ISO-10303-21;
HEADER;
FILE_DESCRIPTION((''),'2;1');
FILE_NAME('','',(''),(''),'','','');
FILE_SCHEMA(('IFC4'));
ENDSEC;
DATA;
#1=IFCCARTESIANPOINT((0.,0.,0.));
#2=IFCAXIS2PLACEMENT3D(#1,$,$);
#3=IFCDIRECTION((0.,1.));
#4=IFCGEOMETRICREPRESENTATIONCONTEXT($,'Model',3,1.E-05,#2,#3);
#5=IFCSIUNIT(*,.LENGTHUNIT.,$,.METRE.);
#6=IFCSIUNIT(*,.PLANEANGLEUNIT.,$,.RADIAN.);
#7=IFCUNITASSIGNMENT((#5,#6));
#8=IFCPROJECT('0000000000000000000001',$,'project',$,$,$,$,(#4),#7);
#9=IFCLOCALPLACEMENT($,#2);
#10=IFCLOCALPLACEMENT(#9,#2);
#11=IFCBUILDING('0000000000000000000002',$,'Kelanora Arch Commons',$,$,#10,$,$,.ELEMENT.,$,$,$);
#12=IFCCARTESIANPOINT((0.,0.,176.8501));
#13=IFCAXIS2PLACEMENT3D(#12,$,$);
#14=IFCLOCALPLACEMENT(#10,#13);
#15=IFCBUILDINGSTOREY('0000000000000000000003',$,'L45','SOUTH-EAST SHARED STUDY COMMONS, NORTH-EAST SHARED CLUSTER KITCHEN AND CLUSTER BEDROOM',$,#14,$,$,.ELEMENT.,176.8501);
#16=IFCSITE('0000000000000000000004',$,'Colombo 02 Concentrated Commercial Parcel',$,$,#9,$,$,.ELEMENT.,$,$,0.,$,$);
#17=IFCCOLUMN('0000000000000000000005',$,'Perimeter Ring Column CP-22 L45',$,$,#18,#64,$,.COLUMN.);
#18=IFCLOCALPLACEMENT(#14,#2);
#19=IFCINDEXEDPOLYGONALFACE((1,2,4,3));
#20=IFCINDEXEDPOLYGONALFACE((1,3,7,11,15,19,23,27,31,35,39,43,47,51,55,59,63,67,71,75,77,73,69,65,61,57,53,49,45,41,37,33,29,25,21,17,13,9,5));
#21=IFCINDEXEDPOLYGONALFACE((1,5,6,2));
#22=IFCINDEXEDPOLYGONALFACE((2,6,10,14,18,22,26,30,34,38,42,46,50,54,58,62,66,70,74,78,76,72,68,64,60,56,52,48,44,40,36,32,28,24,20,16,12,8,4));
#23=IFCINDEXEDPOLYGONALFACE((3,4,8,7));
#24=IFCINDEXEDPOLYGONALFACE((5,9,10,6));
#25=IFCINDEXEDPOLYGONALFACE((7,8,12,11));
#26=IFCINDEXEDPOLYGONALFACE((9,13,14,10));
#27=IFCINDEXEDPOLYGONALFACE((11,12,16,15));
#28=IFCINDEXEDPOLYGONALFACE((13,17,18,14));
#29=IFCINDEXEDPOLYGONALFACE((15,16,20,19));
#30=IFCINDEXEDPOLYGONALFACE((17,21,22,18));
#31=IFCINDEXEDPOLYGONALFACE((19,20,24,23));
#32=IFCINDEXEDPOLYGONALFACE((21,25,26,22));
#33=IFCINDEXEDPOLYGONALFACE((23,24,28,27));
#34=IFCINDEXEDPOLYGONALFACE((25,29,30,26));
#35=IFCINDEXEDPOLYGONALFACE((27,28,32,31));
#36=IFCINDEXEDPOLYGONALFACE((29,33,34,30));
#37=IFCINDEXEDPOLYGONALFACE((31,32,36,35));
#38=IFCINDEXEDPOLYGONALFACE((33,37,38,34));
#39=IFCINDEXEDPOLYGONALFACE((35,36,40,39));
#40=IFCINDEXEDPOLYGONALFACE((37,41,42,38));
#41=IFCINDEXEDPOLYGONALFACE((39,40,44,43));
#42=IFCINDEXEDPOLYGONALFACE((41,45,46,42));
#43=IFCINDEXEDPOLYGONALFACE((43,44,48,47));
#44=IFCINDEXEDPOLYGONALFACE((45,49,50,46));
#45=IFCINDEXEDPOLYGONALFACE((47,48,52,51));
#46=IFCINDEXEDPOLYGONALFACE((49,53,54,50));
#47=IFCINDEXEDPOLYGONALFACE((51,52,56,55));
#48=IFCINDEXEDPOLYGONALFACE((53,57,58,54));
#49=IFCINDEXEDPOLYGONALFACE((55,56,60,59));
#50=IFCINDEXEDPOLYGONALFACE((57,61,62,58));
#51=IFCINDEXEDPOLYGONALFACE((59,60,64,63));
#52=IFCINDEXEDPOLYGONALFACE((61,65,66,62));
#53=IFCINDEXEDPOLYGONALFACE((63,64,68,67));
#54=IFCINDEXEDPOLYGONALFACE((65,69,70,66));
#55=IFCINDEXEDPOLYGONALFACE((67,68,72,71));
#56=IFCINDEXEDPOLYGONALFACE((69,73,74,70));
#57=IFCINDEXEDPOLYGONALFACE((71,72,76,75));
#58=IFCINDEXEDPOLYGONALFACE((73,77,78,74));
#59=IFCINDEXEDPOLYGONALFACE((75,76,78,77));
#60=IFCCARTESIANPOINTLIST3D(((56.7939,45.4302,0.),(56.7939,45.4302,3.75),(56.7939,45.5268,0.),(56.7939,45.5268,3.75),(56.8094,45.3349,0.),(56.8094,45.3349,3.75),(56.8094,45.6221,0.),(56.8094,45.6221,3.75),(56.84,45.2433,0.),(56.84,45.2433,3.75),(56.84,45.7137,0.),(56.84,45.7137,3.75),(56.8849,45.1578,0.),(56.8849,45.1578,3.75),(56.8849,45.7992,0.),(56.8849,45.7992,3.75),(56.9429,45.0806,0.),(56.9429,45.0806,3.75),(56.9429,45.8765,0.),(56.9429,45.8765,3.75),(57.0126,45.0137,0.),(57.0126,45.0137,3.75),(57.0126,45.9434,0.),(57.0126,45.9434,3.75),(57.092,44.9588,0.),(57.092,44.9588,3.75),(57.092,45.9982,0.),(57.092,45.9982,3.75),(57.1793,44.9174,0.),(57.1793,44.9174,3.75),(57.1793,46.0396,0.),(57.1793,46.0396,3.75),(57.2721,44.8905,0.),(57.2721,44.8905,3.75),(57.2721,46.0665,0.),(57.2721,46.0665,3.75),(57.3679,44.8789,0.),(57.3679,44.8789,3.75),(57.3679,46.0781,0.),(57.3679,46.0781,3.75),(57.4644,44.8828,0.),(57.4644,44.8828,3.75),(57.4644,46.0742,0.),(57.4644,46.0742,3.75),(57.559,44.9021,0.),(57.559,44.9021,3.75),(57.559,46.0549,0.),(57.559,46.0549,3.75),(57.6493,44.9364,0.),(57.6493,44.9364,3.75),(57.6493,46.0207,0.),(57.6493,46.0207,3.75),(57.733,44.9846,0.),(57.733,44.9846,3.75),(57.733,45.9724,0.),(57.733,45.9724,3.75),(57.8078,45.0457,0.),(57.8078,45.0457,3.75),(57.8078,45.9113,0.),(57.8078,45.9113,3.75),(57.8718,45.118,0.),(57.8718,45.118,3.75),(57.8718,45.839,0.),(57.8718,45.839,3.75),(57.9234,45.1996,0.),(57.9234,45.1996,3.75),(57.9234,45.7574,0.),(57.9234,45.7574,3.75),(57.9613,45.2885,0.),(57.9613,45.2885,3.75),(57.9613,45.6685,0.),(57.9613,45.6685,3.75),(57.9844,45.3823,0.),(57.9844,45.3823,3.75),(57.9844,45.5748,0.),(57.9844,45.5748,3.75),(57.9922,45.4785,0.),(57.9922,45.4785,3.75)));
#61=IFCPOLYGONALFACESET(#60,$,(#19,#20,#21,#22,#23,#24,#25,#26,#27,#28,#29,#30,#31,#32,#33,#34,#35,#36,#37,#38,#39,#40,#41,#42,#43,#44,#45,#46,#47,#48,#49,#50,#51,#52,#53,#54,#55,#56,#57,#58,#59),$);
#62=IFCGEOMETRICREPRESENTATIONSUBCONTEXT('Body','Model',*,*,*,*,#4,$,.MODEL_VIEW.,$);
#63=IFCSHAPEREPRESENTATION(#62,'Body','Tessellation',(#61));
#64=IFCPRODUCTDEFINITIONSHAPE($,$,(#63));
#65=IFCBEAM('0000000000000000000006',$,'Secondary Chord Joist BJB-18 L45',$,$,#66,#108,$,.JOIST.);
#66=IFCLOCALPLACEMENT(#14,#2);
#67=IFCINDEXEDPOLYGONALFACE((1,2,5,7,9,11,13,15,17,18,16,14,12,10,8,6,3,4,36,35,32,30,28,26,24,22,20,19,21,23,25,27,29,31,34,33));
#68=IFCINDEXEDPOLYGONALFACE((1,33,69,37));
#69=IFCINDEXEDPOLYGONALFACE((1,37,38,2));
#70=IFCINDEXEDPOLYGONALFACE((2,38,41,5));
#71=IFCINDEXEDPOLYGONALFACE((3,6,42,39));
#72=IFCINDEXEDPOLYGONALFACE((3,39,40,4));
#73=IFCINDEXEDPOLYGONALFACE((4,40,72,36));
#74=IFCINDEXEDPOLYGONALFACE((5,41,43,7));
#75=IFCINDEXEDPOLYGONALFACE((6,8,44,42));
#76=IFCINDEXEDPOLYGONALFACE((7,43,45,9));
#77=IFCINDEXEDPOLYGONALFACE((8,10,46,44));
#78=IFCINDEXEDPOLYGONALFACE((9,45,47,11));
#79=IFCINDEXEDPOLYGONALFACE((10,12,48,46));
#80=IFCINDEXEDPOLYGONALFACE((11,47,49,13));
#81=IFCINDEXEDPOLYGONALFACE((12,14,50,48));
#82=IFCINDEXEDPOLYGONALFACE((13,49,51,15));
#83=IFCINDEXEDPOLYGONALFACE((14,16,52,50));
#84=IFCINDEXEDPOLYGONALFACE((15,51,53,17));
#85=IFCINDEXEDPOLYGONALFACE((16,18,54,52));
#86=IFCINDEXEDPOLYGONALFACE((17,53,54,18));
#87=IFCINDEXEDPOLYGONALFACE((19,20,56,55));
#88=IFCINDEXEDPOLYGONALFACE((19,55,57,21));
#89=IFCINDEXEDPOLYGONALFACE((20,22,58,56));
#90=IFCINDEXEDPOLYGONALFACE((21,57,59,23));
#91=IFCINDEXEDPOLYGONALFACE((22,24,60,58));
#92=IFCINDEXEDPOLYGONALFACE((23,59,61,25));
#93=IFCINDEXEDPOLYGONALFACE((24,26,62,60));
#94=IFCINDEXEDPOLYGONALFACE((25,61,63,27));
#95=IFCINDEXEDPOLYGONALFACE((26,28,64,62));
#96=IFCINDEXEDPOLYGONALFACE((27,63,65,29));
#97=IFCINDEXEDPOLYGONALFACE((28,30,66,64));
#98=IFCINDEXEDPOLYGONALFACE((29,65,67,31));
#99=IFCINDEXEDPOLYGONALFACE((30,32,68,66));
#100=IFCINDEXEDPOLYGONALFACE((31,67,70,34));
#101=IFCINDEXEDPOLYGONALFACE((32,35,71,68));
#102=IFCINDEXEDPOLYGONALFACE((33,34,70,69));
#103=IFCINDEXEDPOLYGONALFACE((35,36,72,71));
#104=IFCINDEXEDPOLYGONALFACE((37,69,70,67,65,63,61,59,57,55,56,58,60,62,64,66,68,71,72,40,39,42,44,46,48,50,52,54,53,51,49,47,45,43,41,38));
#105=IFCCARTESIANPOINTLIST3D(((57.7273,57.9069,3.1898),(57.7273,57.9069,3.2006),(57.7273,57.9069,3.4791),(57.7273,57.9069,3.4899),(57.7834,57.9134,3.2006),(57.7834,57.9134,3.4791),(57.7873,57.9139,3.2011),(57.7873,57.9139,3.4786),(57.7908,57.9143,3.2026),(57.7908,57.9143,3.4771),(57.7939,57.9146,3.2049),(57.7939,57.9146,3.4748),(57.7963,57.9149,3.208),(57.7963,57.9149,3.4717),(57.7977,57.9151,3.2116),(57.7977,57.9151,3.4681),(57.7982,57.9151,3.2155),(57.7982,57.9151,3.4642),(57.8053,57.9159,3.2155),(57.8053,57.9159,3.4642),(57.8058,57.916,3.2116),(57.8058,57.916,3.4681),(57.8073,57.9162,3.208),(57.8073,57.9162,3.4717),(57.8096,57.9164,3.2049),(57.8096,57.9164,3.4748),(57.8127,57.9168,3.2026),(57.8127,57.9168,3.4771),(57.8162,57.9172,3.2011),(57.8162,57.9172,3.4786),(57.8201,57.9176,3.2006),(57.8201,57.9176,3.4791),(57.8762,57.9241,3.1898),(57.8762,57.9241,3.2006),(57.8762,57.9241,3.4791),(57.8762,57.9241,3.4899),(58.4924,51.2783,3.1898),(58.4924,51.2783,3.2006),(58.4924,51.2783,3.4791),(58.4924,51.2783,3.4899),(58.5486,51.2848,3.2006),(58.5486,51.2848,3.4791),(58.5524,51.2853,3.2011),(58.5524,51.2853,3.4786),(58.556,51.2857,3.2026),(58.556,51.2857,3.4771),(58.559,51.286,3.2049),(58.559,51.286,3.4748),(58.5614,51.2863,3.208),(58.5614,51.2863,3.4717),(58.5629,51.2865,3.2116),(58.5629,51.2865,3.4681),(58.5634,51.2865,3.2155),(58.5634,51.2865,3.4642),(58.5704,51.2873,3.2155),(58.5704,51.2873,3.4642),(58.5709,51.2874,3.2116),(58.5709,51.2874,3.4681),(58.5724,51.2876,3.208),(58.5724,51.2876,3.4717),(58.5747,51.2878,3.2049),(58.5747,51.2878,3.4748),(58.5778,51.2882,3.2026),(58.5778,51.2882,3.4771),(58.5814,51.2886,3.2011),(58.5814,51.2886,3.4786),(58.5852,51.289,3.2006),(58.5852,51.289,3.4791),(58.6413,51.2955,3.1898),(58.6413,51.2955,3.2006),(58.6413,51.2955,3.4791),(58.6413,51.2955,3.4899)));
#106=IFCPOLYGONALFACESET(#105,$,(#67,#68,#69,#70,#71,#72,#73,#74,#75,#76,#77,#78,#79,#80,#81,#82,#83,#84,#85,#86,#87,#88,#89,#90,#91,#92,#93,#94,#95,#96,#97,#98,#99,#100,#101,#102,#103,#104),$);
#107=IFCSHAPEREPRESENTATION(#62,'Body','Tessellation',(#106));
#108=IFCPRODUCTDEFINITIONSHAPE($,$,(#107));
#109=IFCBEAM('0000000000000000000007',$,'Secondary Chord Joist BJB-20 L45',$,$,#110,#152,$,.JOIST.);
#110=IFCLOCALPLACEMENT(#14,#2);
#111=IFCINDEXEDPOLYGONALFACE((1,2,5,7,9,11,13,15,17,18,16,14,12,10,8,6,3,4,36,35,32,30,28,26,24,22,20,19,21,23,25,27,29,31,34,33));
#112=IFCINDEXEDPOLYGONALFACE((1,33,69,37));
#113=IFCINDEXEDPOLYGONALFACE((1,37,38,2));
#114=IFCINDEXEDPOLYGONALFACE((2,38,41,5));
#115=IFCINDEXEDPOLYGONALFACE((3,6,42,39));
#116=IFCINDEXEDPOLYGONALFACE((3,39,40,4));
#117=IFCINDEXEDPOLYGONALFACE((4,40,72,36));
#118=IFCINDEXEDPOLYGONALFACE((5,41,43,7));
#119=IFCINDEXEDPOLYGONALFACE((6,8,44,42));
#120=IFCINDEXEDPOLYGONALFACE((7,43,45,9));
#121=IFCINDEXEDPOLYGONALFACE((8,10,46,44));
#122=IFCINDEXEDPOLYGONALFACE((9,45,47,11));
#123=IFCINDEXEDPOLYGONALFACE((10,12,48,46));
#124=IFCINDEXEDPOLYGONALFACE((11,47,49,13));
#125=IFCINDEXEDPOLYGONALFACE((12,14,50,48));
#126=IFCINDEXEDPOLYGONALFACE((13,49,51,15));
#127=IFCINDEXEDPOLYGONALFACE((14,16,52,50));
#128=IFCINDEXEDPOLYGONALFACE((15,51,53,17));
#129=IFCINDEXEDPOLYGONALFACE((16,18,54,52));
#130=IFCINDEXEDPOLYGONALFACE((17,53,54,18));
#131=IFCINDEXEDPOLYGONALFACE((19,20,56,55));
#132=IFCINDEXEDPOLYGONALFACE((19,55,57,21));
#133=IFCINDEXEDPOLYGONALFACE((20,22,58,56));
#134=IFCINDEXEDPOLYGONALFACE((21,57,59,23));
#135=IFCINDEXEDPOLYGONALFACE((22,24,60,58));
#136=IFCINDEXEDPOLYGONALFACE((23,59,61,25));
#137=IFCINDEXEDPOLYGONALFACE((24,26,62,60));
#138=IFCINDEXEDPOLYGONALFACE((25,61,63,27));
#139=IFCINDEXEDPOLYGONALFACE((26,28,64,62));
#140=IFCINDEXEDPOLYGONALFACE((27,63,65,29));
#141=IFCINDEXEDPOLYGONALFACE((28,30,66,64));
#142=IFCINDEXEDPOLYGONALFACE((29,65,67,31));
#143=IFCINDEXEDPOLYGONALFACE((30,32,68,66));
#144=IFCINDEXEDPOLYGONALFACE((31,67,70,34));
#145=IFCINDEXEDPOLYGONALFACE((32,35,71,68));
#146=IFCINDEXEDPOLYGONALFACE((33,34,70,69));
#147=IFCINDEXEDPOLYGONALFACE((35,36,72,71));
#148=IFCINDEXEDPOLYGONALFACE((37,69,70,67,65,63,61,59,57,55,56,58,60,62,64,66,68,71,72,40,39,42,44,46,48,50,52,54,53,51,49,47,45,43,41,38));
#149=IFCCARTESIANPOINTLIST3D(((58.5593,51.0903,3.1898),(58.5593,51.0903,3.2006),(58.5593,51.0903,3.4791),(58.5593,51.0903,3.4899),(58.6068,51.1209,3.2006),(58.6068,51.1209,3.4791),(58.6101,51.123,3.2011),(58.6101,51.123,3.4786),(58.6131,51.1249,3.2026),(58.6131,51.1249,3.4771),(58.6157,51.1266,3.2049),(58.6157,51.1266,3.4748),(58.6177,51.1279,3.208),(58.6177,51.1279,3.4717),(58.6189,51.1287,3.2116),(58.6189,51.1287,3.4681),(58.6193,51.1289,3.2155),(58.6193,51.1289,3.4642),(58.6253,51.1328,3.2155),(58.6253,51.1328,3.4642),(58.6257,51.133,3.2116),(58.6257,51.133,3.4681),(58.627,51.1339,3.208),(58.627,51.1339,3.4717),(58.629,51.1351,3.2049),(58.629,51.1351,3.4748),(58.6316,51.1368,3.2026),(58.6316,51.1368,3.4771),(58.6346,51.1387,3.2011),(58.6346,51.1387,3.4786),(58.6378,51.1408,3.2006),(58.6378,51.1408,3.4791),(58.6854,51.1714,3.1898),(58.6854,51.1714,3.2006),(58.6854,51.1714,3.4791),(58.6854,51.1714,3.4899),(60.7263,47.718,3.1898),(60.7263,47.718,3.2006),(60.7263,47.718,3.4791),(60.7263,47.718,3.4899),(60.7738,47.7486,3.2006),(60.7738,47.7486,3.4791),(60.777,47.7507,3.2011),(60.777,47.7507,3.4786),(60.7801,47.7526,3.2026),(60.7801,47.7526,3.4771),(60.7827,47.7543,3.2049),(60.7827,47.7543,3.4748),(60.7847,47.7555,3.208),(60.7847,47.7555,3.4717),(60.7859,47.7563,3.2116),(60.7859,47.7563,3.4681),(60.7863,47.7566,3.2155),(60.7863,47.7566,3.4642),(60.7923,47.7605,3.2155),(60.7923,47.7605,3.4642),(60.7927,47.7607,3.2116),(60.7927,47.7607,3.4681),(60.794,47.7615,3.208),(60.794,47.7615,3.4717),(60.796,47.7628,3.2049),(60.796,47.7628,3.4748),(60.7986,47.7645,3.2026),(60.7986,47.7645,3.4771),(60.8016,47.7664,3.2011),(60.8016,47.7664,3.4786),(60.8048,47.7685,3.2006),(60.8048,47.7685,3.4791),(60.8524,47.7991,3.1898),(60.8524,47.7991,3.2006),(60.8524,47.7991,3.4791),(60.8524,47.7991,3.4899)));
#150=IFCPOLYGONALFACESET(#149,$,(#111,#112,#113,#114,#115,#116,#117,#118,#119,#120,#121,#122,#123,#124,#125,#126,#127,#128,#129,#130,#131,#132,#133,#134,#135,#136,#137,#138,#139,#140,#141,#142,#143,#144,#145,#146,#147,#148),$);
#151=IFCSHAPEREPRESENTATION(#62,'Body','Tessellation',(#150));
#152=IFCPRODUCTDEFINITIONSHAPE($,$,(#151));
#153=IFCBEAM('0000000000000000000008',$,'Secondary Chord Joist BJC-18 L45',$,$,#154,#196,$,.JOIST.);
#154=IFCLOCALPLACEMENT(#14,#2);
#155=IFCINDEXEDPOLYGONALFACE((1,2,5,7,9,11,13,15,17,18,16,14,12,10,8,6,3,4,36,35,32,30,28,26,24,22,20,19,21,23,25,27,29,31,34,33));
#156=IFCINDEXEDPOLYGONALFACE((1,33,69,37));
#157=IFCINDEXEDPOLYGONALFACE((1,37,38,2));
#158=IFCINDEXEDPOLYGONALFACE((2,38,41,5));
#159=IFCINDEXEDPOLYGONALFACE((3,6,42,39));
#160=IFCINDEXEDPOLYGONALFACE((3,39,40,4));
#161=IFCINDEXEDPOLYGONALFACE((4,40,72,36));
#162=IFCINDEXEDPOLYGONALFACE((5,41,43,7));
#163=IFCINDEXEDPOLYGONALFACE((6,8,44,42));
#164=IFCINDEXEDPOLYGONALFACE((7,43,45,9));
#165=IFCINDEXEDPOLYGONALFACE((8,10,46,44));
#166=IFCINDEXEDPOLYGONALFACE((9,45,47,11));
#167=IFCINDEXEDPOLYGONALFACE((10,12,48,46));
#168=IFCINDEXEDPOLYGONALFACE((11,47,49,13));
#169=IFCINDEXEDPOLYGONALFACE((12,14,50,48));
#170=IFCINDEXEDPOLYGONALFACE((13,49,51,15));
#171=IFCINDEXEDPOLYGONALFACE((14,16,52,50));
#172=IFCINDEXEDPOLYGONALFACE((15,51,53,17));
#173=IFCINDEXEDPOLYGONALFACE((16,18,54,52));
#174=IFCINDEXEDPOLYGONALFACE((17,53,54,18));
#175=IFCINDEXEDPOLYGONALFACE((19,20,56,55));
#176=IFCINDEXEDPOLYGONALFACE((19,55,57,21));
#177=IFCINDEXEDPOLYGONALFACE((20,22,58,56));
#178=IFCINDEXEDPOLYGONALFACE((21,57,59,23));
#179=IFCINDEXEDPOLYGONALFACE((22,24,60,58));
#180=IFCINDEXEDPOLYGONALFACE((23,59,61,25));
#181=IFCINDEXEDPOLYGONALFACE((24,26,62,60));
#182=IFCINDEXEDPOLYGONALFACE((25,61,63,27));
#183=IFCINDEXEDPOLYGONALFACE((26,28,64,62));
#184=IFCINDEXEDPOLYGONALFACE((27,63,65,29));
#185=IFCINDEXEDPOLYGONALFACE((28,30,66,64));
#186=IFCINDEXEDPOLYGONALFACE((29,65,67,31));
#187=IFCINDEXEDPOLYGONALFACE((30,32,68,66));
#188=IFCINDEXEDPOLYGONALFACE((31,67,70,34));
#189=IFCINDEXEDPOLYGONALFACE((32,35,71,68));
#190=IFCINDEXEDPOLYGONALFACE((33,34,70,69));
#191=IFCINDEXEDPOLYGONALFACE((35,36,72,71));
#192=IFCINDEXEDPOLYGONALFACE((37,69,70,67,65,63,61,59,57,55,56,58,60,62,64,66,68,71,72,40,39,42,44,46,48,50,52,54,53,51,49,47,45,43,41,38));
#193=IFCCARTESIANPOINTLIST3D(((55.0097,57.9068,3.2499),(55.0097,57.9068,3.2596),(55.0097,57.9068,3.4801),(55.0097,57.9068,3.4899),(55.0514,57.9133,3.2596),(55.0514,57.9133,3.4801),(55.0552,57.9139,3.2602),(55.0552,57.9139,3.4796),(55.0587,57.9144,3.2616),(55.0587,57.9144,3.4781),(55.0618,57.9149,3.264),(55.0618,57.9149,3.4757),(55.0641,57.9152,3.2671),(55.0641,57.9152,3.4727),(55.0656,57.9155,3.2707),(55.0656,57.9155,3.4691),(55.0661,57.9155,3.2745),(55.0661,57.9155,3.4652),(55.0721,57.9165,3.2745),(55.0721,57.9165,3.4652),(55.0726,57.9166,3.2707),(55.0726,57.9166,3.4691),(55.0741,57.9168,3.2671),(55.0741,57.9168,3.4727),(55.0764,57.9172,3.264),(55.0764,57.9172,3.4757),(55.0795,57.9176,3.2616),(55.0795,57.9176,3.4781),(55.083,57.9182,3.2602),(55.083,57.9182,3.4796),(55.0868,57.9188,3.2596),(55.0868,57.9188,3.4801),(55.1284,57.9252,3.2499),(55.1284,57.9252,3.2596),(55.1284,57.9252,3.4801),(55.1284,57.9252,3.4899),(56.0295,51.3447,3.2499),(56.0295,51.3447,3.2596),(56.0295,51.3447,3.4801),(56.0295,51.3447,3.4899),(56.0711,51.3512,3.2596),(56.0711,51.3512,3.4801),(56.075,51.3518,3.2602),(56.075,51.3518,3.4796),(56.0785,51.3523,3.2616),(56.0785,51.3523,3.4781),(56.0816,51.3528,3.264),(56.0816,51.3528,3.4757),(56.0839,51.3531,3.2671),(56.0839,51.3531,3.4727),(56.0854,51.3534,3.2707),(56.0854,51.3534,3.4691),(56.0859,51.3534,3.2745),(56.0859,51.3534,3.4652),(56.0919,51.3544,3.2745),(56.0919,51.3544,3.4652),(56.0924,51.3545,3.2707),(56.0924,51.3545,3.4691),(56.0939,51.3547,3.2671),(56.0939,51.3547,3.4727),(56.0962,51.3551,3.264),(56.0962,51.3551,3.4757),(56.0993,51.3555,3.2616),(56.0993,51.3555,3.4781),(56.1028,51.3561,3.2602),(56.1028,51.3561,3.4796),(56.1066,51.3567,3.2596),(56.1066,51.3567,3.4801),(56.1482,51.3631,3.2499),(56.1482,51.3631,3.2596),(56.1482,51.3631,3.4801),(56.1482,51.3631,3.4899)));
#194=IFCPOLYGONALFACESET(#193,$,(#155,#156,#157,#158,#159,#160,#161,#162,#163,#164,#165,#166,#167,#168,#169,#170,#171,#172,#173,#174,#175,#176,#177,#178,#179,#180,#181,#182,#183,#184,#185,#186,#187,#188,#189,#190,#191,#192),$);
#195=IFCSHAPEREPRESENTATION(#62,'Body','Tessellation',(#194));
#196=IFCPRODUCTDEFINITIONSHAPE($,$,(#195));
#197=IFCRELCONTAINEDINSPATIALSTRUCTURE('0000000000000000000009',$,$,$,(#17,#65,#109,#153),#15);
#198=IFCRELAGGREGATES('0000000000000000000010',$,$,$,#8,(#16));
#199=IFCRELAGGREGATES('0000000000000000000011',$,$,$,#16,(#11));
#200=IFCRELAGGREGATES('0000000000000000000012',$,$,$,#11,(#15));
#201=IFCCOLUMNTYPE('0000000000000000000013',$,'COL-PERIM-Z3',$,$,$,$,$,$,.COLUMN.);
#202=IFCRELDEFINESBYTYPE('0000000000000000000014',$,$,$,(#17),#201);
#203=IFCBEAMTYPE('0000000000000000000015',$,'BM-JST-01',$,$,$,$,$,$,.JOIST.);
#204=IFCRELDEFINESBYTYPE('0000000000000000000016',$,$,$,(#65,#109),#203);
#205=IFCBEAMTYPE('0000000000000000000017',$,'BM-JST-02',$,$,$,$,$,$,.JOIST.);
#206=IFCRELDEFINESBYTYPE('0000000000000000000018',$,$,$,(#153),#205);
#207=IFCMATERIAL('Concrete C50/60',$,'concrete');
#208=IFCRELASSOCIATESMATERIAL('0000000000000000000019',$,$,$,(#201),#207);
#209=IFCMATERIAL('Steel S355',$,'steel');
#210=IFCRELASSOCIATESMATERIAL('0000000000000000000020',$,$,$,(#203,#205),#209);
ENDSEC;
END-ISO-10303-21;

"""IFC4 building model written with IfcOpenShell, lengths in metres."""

from ifc_helpers import new_model, si_unit, direction, frame, origin, origin_2d, place, context, subcontext, project, spatial, circle, i_section, extrude, material, material_profile, profile_set, type_object, element, save


model = new_model("IFC4")

# Units and contexts
model_context = context("Model", 3, precision=1e-05, world=origin(), true_north=direction((0.0, 1.0)))
body_context = subcontext(model_context, "Body", "Model", "MODEL_VIEW")
ifc_project = project(units=[si_unit("LENGTHUNIT", "METRE"), si_unit("PLANEANGLEUNIT", "RADIAN")], contexts=[model_context])

# Site, building, storey
site_placement = place(None, origin())
site = spatial("IfcSite", under=ifc_project, at=site_placement, Name="Colombo 02 Concentrated Commercial Parcel", CompositionType="ELEMENT", RefElevation=0.0)
building_placement = place(site_placement, origin())
building = spatial("IfcBuilding", under=site, at=building_placement, Name="Kelanora Arch Commons", CompositionType="ELEMENT")
storey_placement = place(building_placement, frame((0.0, 0.0, 176.8501)))
storey = spatial("IfcBuildingStorey", under=building, at=storey_placement, Name="L45", Description="SOUTH-EAST SHARED STUDY COMMONS, NORTH-EAST SHARED CLUSTER KITCHEN AND CLUSTER BEDROOM", CompositionType="ELEMENT", Elevation=176.8501)

# Column
ifc_material_1 = material(Name="Concrete C50/60", Category="concrete")
ifc_material_profile_1 = material_profile(ifc_material_1, circle(Radius=0.6001, at=origin_2d()), Name="RCC1200")
ifc_profile_set_1 = profile_set([ifc_material_profile_1], Name="Concrete C50/60")
column_type = type_object("IfcColumnType", Name="COL-PERIM-Z3", PredefinedType="COLUMN", material=ifc_profile_set_1)
column_placement = place(storey_placement, frame((57.3921, 45.4785, 0.0), z_axis=(0.0, 0.0, 1.0), x_axis=(1.0, 0.0, 0.0)))
element("IfcColumn", 1, at=column_placement, inside=storey, type_object=column_type, Name="Perimeter Ring Column CP-22 L45", PredefinedType="COLUMN", context=body_context, shape_type="SweptSolid", body=[
    extrude(circle(Radius=0.6001, at=origin_2d()), origin(), (0.0, 0.0, 1.0), 3.75),
])

# Beams
ifc_material_2 = material(Name="Steel S355", Category="steel")
ifc_material_profile_2 = material_profile(ifc_material_2, i_section(OverallWidth=0.1499, OverallDepth=0.3, WebThickness=0.0071, FlangeThickness=0.0107, FilletRadius=0.0149, at=origin_2d()), Name="IPE300")
ifc_profile_set_2 = profile_set([ifc_material_profile_2], Name="Steel S355")
beam_type_1 = type_object("IfcBeamType", Name="BM-JST-01", PredefinedType="JOIST", material=ifc_profile_set_2)
beam_1_placement = place(storey_placement, frame((57.8018, 57.9155, 3.3398), z_axis=(0.114667, -0.993404, 0.0), x_axis=(0.993404, 0.114667, 0.0)))
element("IfcBeam", 2, at=beam_1_placement, inside=storey, type_object=beam_type_1, Name="Secondary Chord Joist BJB-18 L45", PredefinedType="JOIST", context=body_context, shape_type="SweptSolid", body=[
    extrude(i_section(OverallWidth=0.1499, OverallDepth=0.3, WebThickness=0.0071, FlangeThickness=0.0107, FilletRadius=0.0149, at=origin_2d()), origin(), (0.0, 0.0, 1.0), 6.6726),
])
beam_2_placement = place(storey_placement, frame((58.6223, 51.1309, 3.3398), z_axis=(0.540594, -0.841283, 0.0), x_axis=(0.841283, 0.540594, 0.0)))
element("IfcBeam", 3, at=beam_2_placement, inside=storey, type_object=beam_type_1, Name="Secondary Chord Joist BJB-20 L45", PredefinedType="JOIST", context=body_context, shape_type="SweptSolid", body=[
    extrude(i_section(OverallWidth=0.1499, OverallDepth=0.3, WebThickness=0.0071, FlangeThickness=0.0107, FilletRadius=0.0149, at=origin_2d()), origin(), (0.0, 0.0, 1.0), 4.0085),
])
ifc_material_profile_3 = material_profile(ifc_material_2, i_section(OverallWidth=0.1201, OverallDepth=0.24, WebThickness=0.0061, FlangeThickness=0.0098, FilletRadius=0.0149, at=origin_2d()), Name="IPE240")
ifc_profile_set_3 = profile_set([ifc_material_profile_3], Name="Steel S355")
beam_type_2 = type_object("IfcBeamType", Name="BM-JST-02", PredefinedType="JOIST", material=ifc_profile_set_3)
beam_3_placement = place(storey_placement, frame((55.0691, 57.916, 3.3699), z_axis=(0.153563, -0.988139, 0.0), x_axis=(0.988139, 0.153563, 0.0)))
element("IfcBeam", 4, at=beam_3_placement, inside=storey, type_object=beam_type_2, Name="Secondary Chord Joist BJC-18 L45", PredefinedType="JOIST", context=body_context, shape_type="SweptSolid", body=[
    extrude(i_section(OverallWidth=0.1201, OverallDepth=0.24, WebThickness=0.0061, FlangeThickness=0.0098, FilletRadius=0.0149, at=origin_2d()), origin(), (0.0, 0.0, 1.0), 6.6409),
])

save(model, "model.ifc")
